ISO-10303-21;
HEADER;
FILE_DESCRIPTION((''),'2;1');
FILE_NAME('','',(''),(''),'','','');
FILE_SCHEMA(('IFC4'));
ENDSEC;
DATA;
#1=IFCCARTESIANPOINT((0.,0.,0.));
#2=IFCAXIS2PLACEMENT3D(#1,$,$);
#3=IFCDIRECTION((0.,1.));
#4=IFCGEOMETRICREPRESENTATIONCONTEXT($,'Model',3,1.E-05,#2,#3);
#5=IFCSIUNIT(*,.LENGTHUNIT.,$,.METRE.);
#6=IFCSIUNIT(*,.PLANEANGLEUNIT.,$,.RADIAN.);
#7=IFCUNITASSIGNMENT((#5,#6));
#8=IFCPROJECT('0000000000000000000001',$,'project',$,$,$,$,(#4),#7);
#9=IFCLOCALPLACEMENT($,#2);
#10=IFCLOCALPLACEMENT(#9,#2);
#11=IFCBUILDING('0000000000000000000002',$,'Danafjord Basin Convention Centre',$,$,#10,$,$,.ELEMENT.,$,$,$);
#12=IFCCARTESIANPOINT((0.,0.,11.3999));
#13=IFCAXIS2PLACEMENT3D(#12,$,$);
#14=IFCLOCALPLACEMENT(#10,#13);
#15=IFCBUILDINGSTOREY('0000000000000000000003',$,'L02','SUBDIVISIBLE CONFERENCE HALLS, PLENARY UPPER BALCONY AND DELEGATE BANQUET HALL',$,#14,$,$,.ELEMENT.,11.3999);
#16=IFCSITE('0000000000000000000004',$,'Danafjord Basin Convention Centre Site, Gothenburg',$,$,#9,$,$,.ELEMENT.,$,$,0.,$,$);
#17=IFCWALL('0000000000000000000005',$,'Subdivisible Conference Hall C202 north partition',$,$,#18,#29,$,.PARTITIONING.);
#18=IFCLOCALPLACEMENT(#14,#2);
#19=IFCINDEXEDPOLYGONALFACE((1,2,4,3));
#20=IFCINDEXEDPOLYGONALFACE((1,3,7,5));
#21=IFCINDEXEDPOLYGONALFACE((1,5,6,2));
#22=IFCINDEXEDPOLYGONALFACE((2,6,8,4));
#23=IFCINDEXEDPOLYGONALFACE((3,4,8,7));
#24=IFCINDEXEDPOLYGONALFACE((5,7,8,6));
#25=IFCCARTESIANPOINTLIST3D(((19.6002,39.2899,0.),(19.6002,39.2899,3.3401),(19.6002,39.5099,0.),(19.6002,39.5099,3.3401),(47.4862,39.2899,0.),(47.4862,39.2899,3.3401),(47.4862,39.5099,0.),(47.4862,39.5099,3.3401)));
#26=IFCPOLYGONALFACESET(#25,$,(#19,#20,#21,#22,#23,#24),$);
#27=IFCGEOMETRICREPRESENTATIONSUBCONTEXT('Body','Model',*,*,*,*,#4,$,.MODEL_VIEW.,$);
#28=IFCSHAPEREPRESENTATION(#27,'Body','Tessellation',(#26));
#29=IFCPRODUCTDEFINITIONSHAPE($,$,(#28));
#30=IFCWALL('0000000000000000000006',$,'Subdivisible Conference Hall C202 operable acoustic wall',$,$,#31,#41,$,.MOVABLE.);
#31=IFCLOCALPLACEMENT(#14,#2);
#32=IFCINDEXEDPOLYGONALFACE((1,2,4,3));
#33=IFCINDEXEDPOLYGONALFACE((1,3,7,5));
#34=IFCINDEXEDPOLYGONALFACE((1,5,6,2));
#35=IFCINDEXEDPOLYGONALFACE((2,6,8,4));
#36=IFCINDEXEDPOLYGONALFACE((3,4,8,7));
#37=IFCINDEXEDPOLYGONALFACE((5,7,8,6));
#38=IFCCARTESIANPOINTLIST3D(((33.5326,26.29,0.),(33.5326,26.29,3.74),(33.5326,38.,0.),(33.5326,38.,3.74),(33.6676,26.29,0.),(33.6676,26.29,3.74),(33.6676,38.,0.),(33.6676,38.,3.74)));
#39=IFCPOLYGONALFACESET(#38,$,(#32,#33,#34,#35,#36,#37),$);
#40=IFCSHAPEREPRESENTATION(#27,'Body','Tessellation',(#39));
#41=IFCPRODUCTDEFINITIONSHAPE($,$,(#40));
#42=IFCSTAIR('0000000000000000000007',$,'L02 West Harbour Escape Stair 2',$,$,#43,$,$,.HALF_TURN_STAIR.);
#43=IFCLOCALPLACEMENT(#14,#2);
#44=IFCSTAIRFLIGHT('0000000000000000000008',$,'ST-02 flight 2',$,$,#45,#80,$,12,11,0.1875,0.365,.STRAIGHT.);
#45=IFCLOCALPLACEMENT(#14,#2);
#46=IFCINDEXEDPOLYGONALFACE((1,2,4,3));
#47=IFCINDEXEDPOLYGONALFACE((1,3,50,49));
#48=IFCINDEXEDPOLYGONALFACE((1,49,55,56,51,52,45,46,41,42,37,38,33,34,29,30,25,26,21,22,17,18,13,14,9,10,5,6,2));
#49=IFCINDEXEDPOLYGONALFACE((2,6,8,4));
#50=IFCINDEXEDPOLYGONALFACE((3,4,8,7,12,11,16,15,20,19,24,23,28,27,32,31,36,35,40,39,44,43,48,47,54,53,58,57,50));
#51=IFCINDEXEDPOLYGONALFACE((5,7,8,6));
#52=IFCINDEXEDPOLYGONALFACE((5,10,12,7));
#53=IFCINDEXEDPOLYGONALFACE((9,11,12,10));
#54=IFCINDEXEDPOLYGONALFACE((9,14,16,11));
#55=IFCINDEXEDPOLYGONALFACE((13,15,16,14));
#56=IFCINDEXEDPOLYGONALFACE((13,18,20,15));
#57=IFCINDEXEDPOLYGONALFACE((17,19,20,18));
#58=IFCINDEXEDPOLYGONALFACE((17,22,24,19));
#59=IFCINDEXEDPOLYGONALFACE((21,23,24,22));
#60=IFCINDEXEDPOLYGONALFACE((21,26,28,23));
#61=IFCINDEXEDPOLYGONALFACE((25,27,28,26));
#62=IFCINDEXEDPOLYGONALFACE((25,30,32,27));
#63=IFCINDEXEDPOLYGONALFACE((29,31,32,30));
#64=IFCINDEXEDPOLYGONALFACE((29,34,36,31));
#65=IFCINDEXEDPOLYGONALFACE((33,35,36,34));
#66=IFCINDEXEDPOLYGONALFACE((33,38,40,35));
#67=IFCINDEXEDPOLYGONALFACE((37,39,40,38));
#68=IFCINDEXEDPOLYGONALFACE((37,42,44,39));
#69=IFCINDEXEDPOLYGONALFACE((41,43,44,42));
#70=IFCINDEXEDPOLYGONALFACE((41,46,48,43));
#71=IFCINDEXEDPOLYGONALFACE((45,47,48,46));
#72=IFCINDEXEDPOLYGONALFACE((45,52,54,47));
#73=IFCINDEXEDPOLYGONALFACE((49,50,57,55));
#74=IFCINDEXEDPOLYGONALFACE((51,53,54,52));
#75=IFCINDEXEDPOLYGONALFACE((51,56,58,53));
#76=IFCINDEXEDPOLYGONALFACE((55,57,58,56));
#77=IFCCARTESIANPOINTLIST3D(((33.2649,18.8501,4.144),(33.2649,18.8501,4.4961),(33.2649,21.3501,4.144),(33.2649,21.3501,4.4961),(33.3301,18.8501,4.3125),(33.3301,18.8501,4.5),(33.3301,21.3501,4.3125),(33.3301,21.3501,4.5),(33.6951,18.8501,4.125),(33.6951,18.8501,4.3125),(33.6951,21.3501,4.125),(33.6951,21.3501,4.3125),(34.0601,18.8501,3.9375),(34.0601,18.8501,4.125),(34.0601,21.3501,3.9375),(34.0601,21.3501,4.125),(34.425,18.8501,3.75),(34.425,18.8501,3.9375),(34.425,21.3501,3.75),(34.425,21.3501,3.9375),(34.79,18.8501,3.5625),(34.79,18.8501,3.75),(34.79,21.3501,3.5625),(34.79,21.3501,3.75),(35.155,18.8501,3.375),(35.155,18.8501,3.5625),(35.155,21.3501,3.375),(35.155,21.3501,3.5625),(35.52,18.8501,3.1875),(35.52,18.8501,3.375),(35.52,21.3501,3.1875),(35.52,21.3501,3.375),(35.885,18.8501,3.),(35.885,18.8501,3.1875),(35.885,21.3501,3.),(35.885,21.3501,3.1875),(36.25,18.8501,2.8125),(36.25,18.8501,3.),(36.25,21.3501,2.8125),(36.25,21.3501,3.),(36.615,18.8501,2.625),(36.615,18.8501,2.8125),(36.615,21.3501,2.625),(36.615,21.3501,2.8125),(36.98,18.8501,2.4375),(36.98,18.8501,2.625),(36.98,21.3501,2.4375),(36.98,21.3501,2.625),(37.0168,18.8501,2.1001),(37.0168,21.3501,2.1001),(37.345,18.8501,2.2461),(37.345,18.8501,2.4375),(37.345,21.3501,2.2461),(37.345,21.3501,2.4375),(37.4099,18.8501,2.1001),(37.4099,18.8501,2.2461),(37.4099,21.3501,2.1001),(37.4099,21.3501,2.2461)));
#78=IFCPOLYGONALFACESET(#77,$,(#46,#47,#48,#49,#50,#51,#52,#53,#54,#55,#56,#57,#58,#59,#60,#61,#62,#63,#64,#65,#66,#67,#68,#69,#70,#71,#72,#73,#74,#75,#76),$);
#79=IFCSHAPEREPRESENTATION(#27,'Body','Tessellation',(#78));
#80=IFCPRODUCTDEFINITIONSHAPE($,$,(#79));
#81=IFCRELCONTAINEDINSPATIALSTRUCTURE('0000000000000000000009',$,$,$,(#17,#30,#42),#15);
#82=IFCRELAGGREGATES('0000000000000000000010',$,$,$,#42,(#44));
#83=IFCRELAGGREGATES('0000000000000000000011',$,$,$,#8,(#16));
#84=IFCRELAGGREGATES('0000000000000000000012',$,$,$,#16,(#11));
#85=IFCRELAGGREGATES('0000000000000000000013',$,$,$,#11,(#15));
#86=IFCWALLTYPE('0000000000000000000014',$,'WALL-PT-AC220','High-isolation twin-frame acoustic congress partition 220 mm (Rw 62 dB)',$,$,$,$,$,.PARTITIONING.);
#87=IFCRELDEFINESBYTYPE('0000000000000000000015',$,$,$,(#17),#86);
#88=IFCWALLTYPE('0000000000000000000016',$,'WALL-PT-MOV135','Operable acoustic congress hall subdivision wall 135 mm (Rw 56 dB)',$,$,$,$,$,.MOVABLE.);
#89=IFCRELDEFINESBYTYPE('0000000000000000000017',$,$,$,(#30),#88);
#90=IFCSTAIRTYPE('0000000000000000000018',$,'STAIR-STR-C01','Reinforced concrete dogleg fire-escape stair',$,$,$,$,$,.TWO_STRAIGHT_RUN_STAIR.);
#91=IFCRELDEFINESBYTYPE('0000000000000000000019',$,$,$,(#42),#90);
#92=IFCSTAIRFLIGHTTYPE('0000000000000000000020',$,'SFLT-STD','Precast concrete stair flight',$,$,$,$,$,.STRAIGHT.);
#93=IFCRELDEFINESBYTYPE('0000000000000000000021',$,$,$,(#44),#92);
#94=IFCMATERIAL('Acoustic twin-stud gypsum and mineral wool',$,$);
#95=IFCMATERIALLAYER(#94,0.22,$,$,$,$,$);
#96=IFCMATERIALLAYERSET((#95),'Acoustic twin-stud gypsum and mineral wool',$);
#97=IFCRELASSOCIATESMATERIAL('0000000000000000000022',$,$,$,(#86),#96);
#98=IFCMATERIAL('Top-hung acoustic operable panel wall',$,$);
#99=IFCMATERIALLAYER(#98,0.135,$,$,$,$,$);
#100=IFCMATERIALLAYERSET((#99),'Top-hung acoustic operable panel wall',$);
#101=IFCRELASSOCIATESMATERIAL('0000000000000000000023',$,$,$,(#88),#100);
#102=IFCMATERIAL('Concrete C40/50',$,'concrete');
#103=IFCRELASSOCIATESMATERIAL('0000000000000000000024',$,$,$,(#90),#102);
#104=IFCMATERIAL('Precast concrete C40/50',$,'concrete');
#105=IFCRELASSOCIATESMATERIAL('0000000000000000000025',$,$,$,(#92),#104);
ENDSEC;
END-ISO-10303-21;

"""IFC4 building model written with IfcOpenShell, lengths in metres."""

from ifc_helpers import new_model, si_unit, direction, frame, frame_2d, origin, place, context, subcontext, project, spatial, polyline, rectangle, outline, extrude, material, layer, layer_set, type_object, element, aggregate, save


model = new_model("IFC4")

# Units and contexts
model_context = context("Model", 3, precision=1e-05, world=origin(), true_north=direction((0.0, 1.0)))
body_context = subcontext(model_context, "Body", "Model", "MODEL_VIEW")
ifc_project = project(units=[si_unit("LENGTHUNIT", "METRE"), si_unit("PLANEANGLEUNIT", "RADIAN")], contexts=[model_context])

# Site, building, storey
site_placement = place(None, origin())
site = spatial("IfcSite", under=ifc_project, at=site_placement, Name="Danafjord Basin Convention Centre Site, Gothenburg", CompositionType="ELEMENT", RefElevation=0.0)
building_placement = place(site_placement, origin())
building = spatial("IfcBuilding", under=site, at=building_placement, Name="Danafjord Basin Convention Centre", CompositionType="ELEMENT")
storey_placement = place(building_placement, frame((0.0, 0.0, 11.3999)))
storey = spatial("IfcBuildingStorey", under=building, at=storey_placement, Name="L02", Description="SUBDIVISIBLE CONFERENCE HALLS, PLENARY UPPER BALCONY AND DELEGATE BANQUET HALL", CompositionType="ELEMENT", Elevation=11.3999)

# Walls
ifc_material_1 = material(Name="Acoustic twin-stud gypsum and mineral wool")
ifc_layer_1 = layer(ifc_material_1, 0.22)
ifc_layer_set_1 = layer_set([ifc_layer_1], Name="Acoustic twin-stud gypsum and mineral wool")
wall_type_1 = type_object("IfcWallType", Name="WALL-PT-AC220", Description="High-isolation twin-frame acoustic congress partition 220 mm (Rw 62 dB)", PredefinedType="PARTITIONING", material=ifc_layer_set_1)
wall_1_placement = place(storey_placement, frame((47.4861, 39.3999, 0.0), z_axis=(0.0, 0.0, 1.0), x_axis=(-1.0, 0.0, 0.0)))
element("IfcWall", 1, at=wall_1_placement, inside=storey, type_object=wall_type_1, Name="Subdivisible Conference Hall C202 north partition", PredefinedType="PARTITIONING", context=body_context, shape_type="SweptSolid", body=[
    extrude(rectangle(XDim=27.886, YDim=0.22, at=frame_2d((13.9429, 0.0))), origin(), (0.0, 0.0, 1.0), 3.3401),
])
ifc_material_2 = material(Name="Top-hung acoustic operable panel wall")
ifc_layer_2 = layer(ifc_material_2, 0.135)
ifc_layer_set_2 = layer_set([ifc_layer_2], Name="Top-hung acoustic operable panel wall")
wall_type_2 = type_object("IfcWallType", Name="WALL-PT-MOV135", Description="Operable acoustic congress hall subdivision wall 135 mm (Rw 56 dB)", PredefinedType="MOVABLE", material=ifc_layer_set_2)
wall_2_placement = place(storey_placement, frame((33.6001, 26.29, 0.0), z_axis=(0.0, 0.0, 1.0), x_axis=(0.0, 1.0, 0.0)))
element("IfcWall", 2, at=wall_2_placement, inside=storey, type_object=wall_type_2, Name="Subdivisible Conference Hall C202 operable acoustic wall", PredefinedType="MOVABLE", context=body_context, shape_type="SweptSolid", body=[
    extrude(rectangle(XDim=11.71, YDim=0.135, at=frame_2d((5.855, 0.0))), origin(), (0.0, 0.0, 1.0), 3.74),
])

# Stair, stair flight
ifc_material_3 = material(Name="Concrete C40/50", Category="concrete")
stair_type = type_object("IfcStairType", Name="STAIR-STR-C01", Description="Reinforced concrete dogleg fire-escape stair", PredefinedType="TWO_STRAIGHT_RUN_STAIR", material=ifc_material_3)
stair_placement = place(storey_placement, origin())
stair = element("IfcStair", 3, at=stair_placement, inside=storey, type_object=stair_type, Name="L02 West Harbour Escape Stair 2", PredefinedType="HALF_TURN_STAIR")
ifc_material_4 = material(Name="Precast concrete C40/50", Category="concrete")
stair_flight_type = type_object("IfcStairFlightType", Name="SFLT-STD", Description="Precast concrete stair flight", PredefinedType="STRAIGHT", material=ifc_material_4)
stair_flight_placement = place(storey_placement, frame((37.345, 20.1001, 2.25), z_axis=(0.0, 0.0, 1.0), x_axis=(-1.0, 0.0, 0.0)))
stair_flight = element("IfcStairFlight", 4, at=stair_flight_placement, type_object=stair_flight_type, Name="ST-02 flight 2", NumberOfRisers=12, NumberOfTreads=11, PredefinedType="STRAIGHT", RiserHeight=0.1875, TreadLength=0.365, context=body_context, shape_type="SweptSolid", body=[
    extrude(outline(polyline([(-0.0649, -0.1499), (-0.0649, -0.0039), (0.0, -0.0039), (0.0, 0.1875), (0.365, 0.1875), (0.365, 0.375), (0.73, 0.375), (0.73, 0.5625), (1.095, 0.5625), (1.095, 0.75), (1.46, 0.75), (1.46, 0.9375), (1.825, 0.9375), (1.825, 1.125), (2.1899, 1.125), (2.1899, 1.3125), (2.5549, 1.3125), (2.5549, 1.5), (2.9199, 1.5), (2.9199, 1.6875), (3.2849, 1.6875), (3.2849, 1.875), (3.6499, 1.875), (3.6499, 2.0625), (4.0149, 2.0625), (4.0149, 2.25), (4.0801, 2.2461), (4.0801, 1.894), (0.3281, -0.1499), (-0.0649, -0.1499)])), frame((0.0, 1.25, 0.0), z_axis=(0.0, -1.0, 0.0), x_axis=(1.0, 0.0, 0.0)), (0.0, 0.0, 1.0), 2.5),
])
aggregate(stair, [stair_flight])

save(model, "model.ifc")
